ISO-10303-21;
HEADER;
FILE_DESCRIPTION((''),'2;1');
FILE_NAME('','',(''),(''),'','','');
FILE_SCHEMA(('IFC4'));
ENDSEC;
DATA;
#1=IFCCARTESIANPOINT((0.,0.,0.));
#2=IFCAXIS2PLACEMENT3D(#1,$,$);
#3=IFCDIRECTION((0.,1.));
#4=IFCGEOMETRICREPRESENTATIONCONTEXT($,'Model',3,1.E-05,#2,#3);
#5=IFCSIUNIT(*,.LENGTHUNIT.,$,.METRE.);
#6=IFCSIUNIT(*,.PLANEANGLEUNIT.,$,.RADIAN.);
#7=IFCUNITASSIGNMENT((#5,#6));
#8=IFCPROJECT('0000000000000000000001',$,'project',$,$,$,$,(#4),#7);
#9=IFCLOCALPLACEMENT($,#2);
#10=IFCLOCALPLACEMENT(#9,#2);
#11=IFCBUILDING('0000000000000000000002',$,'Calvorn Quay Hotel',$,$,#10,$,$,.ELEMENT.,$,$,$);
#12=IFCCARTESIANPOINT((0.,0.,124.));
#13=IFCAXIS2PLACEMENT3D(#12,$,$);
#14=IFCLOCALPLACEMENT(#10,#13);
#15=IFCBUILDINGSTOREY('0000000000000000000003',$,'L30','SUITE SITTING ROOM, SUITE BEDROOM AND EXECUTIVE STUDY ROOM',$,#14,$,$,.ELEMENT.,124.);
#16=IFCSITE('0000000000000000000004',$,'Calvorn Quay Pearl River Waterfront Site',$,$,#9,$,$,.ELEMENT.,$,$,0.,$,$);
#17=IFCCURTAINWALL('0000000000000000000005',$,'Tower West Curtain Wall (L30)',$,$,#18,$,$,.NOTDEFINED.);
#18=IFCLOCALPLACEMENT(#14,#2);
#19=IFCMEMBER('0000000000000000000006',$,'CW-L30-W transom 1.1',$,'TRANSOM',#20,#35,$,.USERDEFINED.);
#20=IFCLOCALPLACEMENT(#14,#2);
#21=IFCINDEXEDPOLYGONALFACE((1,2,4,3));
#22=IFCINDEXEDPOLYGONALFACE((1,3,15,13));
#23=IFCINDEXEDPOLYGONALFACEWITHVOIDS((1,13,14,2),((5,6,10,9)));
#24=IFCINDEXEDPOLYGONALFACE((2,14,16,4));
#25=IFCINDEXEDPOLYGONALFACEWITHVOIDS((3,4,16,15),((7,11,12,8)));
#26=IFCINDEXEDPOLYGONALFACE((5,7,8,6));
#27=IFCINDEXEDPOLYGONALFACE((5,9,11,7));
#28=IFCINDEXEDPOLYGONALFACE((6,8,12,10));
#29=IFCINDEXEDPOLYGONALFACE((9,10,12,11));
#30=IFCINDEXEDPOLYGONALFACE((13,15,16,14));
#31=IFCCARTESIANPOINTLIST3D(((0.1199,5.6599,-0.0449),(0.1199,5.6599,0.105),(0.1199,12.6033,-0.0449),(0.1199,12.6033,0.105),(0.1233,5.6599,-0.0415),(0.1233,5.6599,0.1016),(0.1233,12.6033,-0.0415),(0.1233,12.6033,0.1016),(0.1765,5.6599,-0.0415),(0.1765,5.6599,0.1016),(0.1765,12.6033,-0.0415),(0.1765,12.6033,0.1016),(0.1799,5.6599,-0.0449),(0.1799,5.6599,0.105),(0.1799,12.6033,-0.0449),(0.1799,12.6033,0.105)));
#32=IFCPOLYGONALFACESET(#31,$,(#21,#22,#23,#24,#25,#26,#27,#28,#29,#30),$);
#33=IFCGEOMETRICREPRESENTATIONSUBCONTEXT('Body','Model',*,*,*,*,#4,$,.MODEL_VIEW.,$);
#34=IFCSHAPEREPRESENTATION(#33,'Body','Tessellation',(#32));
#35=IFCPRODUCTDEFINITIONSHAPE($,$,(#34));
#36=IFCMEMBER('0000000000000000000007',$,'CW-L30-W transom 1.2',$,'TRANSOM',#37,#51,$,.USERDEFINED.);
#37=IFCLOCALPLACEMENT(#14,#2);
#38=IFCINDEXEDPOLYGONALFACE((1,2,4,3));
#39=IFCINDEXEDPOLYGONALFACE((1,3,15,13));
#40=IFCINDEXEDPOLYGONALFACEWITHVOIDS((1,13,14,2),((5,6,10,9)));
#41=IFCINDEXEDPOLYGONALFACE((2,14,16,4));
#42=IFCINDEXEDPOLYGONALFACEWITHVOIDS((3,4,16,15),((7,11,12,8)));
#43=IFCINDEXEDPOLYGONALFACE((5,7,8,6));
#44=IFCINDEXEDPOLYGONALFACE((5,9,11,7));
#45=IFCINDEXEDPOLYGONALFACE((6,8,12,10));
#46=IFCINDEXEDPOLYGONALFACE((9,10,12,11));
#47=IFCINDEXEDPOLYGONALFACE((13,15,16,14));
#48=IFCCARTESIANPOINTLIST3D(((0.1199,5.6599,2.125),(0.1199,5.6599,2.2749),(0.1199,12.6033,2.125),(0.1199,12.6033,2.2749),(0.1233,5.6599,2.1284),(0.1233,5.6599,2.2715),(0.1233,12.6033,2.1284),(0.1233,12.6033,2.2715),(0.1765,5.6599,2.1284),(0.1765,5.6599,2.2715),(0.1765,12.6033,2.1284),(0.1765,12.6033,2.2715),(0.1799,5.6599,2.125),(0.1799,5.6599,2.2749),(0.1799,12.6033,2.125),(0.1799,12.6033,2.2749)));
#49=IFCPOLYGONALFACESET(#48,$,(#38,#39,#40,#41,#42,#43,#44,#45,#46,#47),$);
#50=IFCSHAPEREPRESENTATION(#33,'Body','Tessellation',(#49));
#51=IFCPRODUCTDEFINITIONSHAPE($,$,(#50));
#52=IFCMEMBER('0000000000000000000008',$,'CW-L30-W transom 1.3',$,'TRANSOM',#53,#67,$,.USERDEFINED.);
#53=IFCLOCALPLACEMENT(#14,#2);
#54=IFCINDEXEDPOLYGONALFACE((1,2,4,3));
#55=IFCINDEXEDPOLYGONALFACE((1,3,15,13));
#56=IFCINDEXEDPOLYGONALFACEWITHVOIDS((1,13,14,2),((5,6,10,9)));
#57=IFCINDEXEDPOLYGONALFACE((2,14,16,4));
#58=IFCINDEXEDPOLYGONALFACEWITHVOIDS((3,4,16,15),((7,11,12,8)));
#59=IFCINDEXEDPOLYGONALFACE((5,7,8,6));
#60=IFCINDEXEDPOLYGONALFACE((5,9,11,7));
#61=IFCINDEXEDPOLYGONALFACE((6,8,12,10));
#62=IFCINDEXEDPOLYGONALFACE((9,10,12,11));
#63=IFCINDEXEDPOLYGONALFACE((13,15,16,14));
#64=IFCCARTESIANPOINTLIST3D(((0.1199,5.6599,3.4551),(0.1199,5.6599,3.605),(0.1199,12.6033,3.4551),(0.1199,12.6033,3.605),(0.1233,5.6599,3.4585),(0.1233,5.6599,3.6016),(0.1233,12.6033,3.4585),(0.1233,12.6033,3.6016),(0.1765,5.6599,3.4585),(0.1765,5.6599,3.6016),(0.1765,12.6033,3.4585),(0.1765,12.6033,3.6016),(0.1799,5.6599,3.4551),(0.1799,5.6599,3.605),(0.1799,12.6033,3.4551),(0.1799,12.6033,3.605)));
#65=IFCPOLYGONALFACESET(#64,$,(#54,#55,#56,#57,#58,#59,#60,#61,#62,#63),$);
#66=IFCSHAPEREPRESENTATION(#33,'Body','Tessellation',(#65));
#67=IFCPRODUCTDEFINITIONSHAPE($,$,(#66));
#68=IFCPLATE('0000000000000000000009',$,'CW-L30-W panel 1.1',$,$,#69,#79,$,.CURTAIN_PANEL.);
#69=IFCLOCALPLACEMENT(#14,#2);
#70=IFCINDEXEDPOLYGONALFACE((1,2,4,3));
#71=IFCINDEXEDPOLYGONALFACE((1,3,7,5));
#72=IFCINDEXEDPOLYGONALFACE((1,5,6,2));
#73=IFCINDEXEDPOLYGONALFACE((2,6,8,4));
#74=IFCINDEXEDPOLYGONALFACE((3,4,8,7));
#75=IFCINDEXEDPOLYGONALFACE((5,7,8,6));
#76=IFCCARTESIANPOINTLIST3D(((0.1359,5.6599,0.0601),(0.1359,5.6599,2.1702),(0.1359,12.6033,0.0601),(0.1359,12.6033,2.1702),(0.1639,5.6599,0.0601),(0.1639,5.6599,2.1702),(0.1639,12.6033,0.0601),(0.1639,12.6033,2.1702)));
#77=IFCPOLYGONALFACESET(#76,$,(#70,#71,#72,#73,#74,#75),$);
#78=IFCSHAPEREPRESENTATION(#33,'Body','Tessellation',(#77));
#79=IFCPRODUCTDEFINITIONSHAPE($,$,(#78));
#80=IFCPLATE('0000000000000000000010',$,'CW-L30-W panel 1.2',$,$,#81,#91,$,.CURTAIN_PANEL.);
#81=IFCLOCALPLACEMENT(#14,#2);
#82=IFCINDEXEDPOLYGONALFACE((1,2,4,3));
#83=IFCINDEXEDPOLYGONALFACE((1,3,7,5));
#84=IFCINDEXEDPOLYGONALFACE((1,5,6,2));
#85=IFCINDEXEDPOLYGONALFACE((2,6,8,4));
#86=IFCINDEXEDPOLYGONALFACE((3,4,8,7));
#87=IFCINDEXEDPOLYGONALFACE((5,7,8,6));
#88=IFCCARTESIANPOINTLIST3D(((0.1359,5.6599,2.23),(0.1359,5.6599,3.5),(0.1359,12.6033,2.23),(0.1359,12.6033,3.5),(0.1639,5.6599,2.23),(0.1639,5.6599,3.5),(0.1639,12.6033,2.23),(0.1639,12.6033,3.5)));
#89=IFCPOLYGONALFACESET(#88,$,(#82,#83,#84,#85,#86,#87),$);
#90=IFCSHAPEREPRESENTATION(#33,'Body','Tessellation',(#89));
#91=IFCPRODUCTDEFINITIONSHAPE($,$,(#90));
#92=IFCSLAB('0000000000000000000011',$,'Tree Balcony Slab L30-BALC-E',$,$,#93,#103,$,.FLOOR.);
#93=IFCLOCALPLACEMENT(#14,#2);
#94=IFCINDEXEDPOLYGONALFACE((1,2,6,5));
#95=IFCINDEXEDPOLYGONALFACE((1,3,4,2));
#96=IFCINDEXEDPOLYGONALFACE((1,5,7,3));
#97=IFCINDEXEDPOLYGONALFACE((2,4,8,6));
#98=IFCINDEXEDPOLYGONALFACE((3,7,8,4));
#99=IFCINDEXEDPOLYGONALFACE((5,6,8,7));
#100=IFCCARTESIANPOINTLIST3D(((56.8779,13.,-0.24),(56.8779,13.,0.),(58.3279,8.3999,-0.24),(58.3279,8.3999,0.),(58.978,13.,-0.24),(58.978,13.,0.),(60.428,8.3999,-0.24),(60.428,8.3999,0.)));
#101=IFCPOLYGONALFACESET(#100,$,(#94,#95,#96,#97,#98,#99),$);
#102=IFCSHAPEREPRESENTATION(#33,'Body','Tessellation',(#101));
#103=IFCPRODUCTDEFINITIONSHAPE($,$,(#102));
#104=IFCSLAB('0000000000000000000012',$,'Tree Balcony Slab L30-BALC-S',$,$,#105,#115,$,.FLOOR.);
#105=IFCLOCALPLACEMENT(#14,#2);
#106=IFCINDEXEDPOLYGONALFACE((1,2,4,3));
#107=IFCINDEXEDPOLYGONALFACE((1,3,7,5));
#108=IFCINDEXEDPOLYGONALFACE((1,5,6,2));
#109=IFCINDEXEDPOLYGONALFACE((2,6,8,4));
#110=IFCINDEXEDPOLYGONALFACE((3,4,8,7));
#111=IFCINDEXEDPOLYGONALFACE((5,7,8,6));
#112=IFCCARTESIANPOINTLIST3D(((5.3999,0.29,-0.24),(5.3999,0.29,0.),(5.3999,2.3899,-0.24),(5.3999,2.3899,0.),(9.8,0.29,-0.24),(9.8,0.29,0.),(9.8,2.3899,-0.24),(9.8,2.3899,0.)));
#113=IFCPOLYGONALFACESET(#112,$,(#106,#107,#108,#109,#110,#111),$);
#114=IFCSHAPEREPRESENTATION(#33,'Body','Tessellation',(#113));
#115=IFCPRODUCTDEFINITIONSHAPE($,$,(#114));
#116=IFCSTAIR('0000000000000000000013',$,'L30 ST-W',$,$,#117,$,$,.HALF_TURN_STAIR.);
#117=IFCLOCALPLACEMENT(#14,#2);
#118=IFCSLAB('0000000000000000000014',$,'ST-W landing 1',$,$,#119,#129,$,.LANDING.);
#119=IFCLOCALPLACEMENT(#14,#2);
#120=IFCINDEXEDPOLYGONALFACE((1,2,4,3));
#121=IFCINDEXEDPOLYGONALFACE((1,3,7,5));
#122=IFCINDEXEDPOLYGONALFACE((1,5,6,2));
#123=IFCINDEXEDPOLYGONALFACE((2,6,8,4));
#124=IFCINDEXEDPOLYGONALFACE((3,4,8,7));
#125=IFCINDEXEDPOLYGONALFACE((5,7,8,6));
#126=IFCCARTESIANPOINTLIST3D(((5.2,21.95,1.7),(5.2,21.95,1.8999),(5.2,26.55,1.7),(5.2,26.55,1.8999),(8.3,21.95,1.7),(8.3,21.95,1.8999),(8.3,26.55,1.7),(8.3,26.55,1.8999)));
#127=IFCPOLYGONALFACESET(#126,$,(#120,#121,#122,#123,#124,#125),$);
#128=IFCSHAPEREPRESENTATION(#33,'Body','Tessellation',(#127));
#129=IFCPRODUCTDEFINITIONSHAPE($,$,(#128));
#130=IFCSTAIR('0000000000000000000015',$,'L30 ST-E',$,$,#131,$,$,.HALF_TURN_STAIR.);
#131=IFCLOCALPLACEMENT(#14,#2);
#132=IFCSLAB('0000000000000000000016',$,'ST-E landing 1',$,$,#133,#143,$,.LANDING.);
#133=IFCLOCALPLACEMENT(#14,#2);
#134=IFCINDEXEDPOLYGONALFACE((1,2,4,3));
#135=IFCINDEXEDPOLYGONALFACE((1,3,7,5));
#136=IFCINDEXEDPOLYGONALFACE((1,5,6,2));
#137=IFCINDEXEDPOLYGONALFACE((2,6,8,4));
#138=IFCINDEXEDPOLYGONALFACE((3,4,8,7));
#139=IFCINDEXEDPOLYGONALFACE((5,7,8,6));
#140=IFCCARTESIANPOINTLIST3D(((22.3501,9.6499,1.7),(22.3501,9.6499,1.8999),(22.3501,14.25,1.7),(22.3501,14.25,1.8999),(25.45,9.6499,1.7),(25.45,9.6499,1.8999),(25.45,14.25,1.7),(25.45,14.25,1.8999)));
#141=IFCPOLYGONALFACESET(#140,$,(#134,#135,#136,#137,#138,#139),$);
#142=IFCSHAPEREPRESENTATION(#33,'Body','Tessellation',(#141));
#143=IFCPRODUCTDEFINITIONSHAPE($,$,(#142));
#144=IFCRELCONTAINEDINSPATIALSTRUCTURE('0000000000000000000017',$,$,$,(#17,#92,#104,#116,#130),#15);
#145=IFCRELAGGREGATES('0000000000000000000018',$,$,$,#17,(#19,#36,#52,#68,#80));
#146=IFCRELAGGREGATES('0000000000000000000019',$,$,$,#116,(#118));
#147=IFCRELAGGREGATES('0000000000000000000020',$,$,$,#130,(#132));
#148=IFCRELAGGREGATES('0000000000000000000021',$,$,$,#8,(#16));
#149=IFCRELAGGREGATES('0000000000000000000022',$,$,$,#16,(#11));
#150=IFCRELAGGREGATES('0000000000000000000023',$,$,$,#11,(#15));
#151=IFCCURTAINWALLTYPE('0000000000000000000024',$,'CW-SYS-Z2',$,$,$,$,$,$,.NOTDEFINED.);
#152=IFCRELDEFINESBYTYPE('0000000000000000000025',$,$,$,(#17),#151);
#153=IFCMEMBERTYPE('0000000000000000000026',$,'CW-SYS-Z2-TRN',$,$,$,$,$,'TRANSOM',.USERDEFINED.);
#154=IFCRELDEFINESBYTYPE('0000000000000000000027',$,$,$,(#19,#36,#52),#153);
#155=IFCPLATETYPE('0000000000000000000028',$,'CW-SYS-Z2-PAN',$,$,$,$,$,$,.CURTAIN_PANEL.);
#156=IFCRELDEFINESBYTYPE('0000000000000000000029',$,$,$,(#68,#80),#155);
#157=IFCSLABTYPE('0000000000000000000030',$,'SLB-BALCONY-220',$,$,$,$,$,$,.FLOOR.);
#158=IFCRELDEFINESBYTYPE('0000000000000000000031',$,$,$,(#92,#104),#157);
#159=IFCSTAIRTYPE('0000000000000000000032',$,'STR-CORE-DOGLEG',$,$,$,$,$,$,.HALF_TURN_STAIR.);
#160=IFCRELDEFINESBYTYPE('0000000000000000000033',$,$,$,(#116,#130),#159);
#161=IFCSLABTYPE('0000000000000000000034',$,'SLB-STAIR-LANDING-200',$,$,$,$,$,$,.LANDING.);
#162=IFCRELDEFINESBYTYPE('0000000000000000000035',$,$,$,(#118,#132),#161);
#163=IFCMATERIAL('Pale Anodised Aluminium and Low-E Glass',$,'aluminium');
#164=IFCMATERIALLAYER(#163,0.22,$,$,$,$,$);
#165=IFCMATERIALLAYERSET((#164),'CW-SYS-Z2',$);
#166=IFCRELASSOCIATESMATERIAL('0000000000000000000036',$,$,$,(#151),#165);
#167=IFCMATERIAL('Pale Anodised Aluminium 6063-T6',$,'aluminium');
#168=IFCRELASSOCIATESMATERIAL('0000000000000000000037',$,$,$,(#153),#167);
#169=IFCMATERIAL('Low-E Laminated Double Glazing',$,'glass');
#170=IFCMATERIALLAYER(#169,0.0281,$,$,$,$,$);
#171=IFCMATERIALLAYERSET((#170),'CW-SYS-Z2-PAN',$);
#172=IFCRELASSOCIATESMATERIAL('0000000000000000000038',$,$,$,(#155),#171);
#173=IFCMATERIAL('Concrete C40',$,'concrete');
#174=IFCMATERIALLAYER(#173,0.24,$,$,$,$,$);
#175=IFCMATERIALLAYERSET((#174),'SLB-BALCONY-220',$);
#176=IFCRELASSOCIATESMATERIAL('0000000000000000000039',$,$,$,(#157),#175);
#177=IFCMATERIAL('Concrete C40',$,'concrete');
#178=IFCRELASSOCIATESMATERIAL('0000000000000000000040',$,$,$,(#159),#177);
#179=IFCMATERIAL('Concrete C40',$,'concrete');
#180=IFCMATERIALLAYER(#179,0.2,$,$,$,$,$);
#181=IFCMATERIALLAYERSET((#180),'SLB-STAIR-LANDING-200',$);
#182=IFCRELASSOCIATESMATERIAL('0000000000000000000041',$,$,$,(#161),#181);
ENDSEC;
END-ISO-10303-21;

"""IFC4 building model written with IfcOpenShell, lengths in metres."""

from ifc_helpers import new_model, si_unit, direction, frame, origin, origin_2d, place, context, subcontext, project, spatial, polyline, rectangle, hollow_rectangle, outline, extrude, material, layer, layer_set, material_profile, profile_set, type_object, element, aggregate, save


model = new_model("IFC4")

# Units and contexts
model_context = context("Model", 3, precision=1e-05, world=origin(), true_north=direction((0.0, 1.0)))
body_context = subcontext(model_context, "Body", "Model", "MODEL_VIEW")
ifc_project = project(units=[si_unit("LENGTHUNIT", "METRE"), si_unit("PLANEANGLEUNIT", "RADIAN")], contexts=[model_context])

# Site, building, storey
site_placement = place(None, origin())
site = spatial("IfcSite", under=ifc_project, at=site_placement, Name="Calvorn Quay Pearl River Waterfront Site", CompositionType="ELEMENT", RefElevation=0.0)
building_placement = place(site_placement, origin())
building = spatial("IfcBuilding", under=site, at=building_placement, Name="Calvorn Quay Hotel", CompositionType="ELEMENT")
storey_placement = place(building_placement, frame((0.0, 0.0, 124.0)))
storey = spatial("IfcBuildingStorey", under=building, at=storey_placement, Name="L30", Description="SUITE SITTING ROOM, SUITE BEDROOM AND EXECUTIVE STUDY ROOM", CompositionType="ELEMENT", Elevation=124.0)

# Curtain wall, members, plates
ifc_material_1 = material(Name="Pale Anodised Aluminium and Low-E Glass", Category="aluminium")
ifc_layer_1 = layer(ifc_material_1, 0.22)
ifc_layer_set_1 = layer_set([ifc_layer_1], Name="CW-SYS-Z2")
curtain_wall_type = type_object("IfcCurtainWallType", Name="CW-SYS-Z2", PredefinedType="NOTDEFINED", material=ifc_layer_set_1)
curtain_wall_placement = place(storey_placement, origin())
curtain_wall = element("IfcCurtainWall", 1, at=curtain_wall_placement, inside=storey, type_object=curtain_wall_type, Name="Tower West Curtain Wall (L30)", PredefinedType="NOTDEFINED")
ifc_material_2 = material(Name="Pale Anodised Aluminium 6063-T6", Category="aluminium")
ifc_material_profile_1 = material_profile(ifc_material_2, hollow_rectangle(XDim=0.0601, YDim=0.1499, WallThickness=0.0034, at=origin_2d()), Name="ALU-T150x60x3.5")
ifc_profile_set_1 = profile_set([ifc_material_profile_1], Name="Pale Anodised Aluminium 6063-T6")
member_type_1 = type_object("IfcMemberType", Name="CW-SYS-Z2-TRN", ElementType="TRANSOM", PredefinedType="USERDEFINED", material=ifc_profile_set_1)
member_1_placement = place(storey_placement, frame((0.1499, 5.6599, 0.03), z_axis=(0.0, 1.0, 0.0), x_axis=(-1.0, 0.0, 0.0)))
member_1 = element("IfcMember", 2, at=member_1_placement, type_object=member_type_1, Name="CW-L30-W transom 1.1", ObjectType="TRANSOM", PredefinedType="USERDEFINED", context=body_context, shape_type="SweptSolid", body=[
    extrude(hollow_rectangle(XDim=0.0601, YDim=0.1499, WallThickness=0.0034, at=origin_2d()), origin(), (0.0, 0.0, 1.0), 6.9434),
])
member_2_placement = place(storey_placement, frame((0.1499, 5.6599, 2.2), z_axis=(0.0, 1.0, 0.0), x_axis=(-1.0, 0.0, 0.0)))
member_2 = element("IfcMember", 3, at=member_2_placement, type_object=member_type_1, Name="CW-L30-W transom 1.2", ObjectType="TRANSOM", PredefinedType="USERDEFINED", context=body_context, shape_type="SweptSolid", body=[
    extrude(hollow_rectangle(XDim=0.0601, YDim=0.1499, WallThickness=0.0034, at=origin_2d()), origin(), (0.0, 0.0, 1.0), 6.9434),
])
member_3_placement = place(storey_placement, frame((0.1499, 5.6599, 3.53), z_axis=(0.0, 1.0, 0.0), x_axis=(-1.0, 0.0, 0.0)))
member_3 = element("IfcMember", 4, at=member_3_placement, type_object=member_type_1, Name="CW-L30-W transom 1.3", ObjectType="TRANSOM", PredefinedType="USERDEFINED", context=body_context, shape_type="SweptSolid", body=[
    extrude(hollow_rectangle(XDim=0.0601, YDim=0.1499, WallThickness=0.0034, at=origin_2d()), origin(), (0.0, 0.0, 1.0), 6.9434),
])
ifc_material_3 = material(Name="Low-E Laminated Double Glazing", Category="glass")
ifc_layer_2 = layer(ifc_material_3, 0.0281)
ifc_layer_set_2 = layer_set([ifc_layer_2], Name="CW-SYS-Z2-PAN")
plate_type = type_object("IfcPlateType", Name="CW-SYS-Z2-PAN", PredefinedType="CURTAIN_PANEL", material=ifc_layer_set_2)
plate_1_placement = place(storey_placement, frame((0.1499, 9.1316, 0.0601), z_axis=(0.0, 0.0, 1.0), x_axis=(0.0, 1.0, 0.0)))
plate_1 = element("IfcPlate", 5, at=plate_1_placement, type_object=plate_type, Name="CW-L30-W panel 1.1", PredefinedType="CURTAIN_PANEL", context=body_context, shape_type="SweptSolid", body=[
    extrude(rectangle(XDim=6.9434, YDim=0.0281, at=origin_2d()), origin(), (0.0, 0.0, 1.0), 2.1101),
])
plate_2_placement = place(storey_placement, frame((0.1499, 9.1316, 2.23), z_axis=(0.0, 0.0, 1.0), x_axis=(0.0, 1.0, 0.0)))
plate_2 = element("IfcPlate", 6, at=plate_2_placement, type_object=plate_type, Name="CW-L30-W panel 1.2", PredefinedType="CURTAIN_PANEL", context=body_context, shape_type="SweptSolid", body=[
    extrude(rectangle(XDim=6.9434, YDim=0.0281, at=origin_2d()), origin(), (0.0, 0.0, 1.0), 1.27),
])
aggregate(curtain_wall, [member_1, member_2, member_3, plate_1, plate_2])

# Slabs
ifc_material_4 = material(Name="Concrete C40", Category="concrete")
ifc_layer_3 = layer(ifc_material_4, 0.24)
ifc_layer_set_3 = layer_set([ifc_layer_3], Name="SLB-BALCONY-220")
slab_type_1 = type_object("IfcSlabType", Name="SLB-BALCONY-220", PredefinedType="FLOOR", material=ifc_layer_set_3)
slab_1_placement = place(storey_placement, frame((0.0, 0.0, -0.24)))
element("IfcSlab", 7, at=slab_1_placement, inside=storey, type_object=slab_type_1, Name="Tree Balcony Slab L30-BALC-E", PredefinedType="FLOOR", context=body_context, shape_type="SweptSolid", body=[
    extrude(outline(polyline([(58.3279, 8.3999), (60.428, 8.3999), (58.978, 13.0), (56.8779, 13.0), (58.3279, 8.3999)])), origin(), (0.0, 0.0, 1.0), 0.24),
])
slab_2_placement = place(storey_placement, frame((0.0, 0.0, -0.24)))
element("IfcSlab", 8, at=slab_2_placement, inside=storey, type_object=slab_type_1, Name="Tree Balcony Slab L30-BALC-S", PredefinedType="FLOOR", context=body_context, shape_type="SweptSolid", body=[
    extrude(outline(polyline([(5.3999, 0.29), (9.8, 0.29), (9.8, 2.3899), (5.3999, 2.3899), (5.3999, 0.29)])), origin(), (0.0, 0.0, 1.0), 0.24),
])

# Stairs, slabs
ifc_material_5 = material(Name="Concrete C40", Category="concrete")
stair_type = type_object("IfcStairType", Name="STR-CORE-DOGLEG", PredefinedType="HALF_TURN_STAIR", material=ifc_material_5)
stair_1_placement = place(storey_placement, origin())
stair_1 = element("IfcStair", 9, at=stair_1_placement, inside=storey, type_object=stair_type, Name="L30 ST-W", PredefinedType="HALF_TURN_STAIR")
ifc_material_6 = material(Name="Concrete C40", Category="concrete")
ifc_layer_4 = layer(ifc_material_6, 0.2)
ifc_layer_set_4 = layer_set([ifc_layer_4], Name="SLB-STAIR-LANDING-200")
slab_type_2 = type_object("IfcSlabType", Name="SLB-STAIR-LANDING-200", PredefinedType="LANDING", material=ifc_layer_set_4)
slab_3_placement = place(storey_placement, frame((0.0, 0.0, 1.7)))
slab_3 = element("IfcSlab", 10, at=slab_3_placement, type_object=slab_type_2, Name="ST-W landing 1", PredefinedType="LANDING", context=body_context, shape_type="SweptSolid", body=[
    extrude(outline(polyline([(8.3, 21.95), (8.3, 26.55), (5.2, 26.55), (5.2, 21.95), (8.3, 21.95)])), origin(), (0.0, 0.0, 1.0), 0.2),
])
aggregate(stair_1, [slab_3])
stair_2_placement = place(storey_placement, origin())
stair_2 = element("IfcStair", 11, at=stair_2_placement, inside=storey, type_object=stair_type, Name="L30 ST-E", PredefinedType="HALF_TURN_STAIR")
slab_4_placement = place(storey_placement, frame((0.0, 0.0, 1.7)))
slab_4 = element("IfcSlab", 12, at=slab_4_placement, type_object=slab_type_2, Name="ST-E landing 1", PredefinedType="LANDING", context=body_context, shape_type="SweptSolid", body=[
    extrude(outline(polyline([(25.45, 9.6499), (25.45, 14.25), (22.3501, 14.25), (22.3501, 9.6499), (25.45, 9.6499)])), origin(), (0.0, 0.0, 1.0), 0.2),
])
aggregate(stair_2, [slab_4])

save(model, "model.ifc")
